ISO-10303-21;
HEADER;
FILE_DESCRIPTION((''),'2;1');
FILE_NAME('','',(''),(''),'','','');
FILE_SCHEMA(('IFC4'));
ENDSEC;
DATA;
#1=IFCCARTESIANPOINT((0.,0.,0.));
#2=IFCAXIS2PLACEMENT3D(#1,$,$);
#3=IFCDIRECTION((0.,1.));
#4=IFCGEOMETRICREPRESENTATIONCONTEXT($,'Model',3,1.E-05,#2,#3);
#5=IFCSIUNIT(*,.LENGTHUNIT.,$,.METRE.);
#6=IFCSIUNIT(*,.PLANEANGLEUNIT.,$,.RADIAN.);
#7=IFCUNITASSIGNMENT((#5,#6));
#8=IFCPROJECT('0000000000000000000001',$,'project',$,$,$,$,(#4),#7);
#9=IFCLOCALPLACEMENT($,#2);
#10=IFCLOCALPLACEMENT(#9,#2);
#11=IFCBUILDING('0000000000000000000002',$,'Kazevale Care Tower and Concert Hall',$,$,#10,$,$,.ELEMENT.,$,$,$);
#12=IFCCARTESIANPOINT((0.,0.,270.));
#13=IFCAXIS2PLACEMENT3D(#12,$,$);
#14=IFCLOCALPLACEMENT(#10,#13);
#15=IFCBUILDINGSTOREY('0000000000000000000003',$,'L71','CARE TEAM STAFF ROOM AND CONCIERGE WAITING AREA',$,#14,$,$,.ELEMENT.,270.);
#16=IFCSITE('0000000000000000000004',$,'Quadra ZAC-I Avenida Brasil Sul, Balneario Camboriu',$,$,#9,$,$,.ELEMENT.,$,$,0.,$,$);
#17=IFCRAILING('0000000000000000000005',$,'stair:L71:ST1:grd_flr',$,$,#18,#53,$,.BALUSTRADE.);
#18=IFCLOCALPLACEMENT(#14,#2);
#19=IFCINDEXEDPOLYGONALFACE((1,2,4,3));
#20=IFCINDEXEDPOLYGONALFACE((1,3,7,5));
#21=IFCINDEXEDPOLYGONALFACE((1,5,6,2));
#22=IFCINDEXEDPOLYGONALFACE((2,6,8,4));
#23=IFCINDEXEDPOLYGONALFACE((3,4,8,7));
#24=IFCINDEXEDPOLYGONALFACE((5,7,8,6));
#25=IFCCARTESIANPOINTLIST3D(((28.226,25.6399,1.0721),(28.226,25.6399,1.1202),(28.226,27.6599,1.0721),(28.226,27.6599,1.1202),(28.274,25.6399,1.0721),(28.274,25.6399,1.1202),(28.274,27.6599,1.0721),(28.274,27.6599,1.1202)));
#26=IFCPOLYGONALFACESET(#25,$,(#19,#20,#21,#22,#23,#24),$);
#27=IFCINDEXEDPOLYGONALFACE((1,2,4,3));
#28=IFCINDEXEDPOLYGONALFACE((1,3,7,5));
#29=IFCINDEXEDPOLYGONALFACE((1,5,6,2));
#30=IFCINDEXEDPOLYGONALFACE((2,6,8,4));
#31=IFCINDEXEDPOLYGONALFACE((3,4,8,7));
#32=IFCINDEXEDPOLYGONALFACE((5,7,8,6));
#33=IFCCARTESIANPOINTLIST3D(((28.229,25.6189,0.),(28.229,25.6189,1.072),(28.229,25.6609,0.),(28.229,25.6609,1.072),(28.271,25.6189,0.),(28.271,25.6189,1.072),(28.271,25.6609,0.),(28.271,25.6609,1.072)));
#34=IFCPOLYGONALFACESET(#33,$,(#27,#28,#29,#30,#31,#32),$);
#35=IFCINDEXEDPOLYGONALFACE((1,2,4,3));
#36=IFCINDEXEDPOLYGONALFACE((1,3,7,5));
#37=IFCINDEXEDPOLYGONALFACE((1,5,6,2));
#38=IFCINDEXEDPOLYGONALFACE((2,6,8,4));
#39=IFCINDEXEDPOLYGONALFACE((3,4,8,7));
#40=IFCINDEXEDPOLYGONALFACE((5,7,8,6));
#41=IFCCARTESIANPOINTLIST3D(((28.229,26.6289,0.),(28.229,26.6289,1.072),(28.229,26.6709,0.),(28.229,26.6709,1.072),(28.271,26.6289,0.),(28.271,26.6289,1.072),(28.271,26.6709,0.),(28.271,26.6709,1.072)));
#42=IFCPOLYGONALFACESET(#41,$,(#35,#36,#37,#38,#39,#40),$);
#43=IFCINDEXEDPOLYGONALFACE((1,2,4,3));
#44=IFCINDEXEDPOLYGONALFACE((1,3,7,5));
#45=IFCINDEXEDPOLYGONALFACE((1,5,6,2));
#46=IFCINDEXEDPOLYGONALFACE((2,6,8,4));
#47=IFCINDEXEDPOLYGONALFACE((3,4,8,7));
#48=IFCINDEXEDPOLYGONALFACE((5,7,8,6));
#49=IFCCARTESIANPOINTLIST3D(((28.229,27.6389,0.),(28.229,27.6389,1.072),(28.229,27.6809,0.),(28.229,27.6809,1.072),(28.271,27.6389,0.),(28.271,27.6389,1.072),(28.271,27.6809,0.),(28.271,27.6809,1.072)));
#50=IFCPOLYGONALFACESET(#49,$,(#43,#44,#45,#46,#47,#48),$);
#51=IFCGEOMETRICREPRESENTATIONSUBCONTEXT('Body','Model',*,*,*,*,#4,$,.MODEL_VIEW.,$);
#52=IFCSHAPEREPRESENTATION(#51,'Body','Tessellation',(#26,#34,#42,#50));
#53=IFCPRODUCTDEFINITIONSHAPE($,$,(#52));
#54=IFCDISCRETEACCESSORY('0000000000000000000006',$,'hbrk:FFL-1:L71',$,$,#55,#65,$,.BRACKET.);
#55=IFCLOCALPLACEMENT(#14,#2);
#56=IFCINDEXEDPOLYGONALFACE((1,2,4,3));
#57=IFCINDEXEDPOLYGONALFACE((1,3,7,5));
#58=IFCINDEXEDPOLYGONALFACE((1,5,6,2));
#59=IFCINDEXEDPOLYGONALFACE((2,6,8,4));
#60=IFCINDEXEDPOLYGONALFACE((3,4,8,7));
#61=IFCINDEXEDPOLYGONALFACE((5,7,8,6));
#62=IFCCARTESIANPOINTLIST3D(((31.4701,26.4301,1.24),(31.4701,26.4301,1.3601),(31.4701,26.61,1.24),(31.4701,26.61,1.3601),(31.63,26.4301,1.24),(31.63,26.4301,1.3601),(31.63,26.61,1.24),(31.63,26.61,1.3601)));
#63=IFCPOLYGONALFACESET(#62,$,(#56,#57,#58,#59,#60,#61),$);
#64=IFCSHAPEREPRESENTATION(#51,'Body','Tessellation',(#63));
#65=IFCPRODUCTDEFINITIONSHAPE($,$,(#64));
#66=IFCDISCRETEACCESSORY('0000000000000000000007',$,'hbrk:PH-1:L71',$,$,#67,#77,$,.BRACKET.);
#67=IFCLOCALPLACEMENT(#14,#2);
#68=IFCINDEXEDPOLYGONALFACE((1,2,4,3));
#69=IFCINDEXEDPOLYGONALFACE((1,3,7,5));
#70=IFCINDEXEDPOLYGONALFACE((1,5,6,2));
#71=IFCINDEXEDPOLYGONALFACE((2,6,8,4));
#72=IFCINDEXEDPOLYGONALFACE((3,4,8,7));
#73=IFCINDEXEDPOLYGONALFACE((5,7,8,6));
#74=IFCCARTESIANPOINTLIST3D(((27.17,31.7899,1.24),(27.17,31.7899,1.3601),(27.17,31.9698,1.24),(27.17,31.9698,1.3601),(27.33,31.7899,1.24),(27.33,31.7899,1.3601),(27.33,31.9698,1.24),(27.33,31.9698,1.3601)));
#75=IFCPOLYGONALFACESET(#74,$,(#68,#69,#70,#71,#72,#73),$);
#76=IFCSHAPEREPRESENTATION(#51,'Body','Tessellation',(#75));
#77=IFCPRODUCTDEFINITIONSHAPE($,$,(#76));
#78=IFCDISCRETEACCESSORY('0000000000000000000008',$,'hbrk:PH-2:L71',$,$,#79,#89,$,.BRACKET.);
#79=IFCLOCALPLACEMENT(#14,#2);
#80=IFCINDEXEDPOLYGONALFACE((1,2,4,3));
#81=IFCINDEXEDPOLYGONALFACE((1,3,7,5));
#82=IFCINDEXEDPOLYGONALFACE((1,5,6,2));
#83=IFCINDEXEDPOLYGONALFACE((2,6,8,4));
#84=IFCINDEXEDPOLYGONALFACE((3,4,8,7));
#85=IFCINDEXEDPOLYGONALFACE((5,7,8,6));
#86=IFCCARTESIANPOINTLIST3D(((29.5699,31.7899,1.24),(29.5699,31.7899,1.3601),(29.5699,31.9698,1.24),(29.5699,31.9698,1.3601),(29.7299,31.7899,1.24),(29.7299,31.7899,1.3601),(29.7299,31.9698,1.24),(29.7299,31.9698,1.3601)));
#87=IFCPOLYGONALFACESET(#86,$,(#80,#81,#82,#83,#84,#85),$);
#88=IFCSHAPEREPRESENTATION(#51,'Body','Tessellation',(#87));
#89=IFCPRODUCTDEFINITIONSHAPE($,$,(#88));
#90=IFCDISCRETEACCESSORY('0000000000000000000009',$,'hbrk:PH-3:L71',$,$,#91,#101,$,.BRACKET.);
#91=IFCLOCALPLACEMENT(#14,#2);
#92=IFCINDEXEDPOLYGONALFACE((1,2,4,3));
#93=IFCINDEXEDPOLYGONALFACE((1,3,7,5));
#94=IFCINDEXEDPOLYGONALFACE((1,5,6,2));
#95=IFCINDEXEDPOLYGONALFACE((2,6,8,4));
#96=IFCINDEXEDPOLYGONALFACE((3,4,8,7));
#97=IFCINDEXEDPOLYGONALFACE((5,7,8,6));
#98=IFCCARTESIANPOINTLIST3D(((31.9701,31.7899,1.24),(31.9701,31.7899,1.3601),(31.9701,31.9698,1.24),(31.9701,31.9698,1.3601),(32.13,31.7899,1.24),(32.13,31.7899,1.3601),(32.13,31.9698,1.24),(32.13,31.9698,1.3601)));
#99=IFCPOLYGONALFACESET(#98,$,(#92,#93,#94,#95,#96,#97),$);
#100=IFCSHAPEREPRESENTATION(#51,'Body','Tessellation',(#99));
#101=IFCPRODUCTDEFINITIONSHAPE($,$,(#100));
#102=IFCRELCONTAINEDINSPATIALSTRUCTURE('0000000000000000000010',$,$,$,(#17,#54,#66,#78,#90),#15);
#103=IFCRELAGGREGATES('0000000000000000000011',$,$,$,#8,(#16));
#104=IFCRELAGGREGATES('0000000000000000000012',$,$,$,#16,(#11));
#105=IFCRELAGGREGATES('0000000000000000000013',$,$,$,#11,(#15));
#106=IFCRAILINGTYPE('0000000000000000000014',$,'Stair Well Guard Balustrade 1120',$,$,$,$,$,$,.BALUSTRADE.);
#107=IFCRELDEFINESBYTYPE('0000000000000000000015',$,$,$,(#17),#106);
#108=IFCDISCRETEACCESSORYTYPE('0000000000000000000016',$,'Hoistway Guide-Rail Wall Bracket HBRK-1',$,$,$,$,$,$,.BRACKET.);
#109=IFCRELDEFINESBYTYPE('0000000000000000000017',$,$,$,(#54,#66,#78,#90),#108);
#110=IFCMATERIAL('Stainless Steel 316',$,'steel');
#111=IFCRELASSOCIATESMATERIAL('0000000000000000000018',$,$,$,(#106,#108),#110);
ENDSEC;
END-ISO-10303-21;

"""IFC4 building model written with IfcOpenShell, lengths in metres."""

from ifc_helpers import new_model, si_unit, direction, frame, origin, origin_2d, place, context, subcontext, project, spatial, rectangle, extrude, material, type_object, element, save


model = new_model("IFC4")

# Units and contexts
model_context = context("Model", 3, precision=1e-05, world=origin(), true_north=direction((0.0, 1.0)))
body_context = subcontext(model_context, "Body", "Model", "MODEL_VIEW")
ifc_project = project(units=[si_unit("LENGTHUNIT", "METRE"), si_unit("PLANEANGLEUNIT", "RADIAN")], contexts=[model_context])

# Site, building, storey
site_placement = place(None, origin())
site = spatial("IfcSite", under=ifc_project, at=site_placement, Name="Quadra ZAC-I Avenida Brasil Sul, Balneario Camboriu", CompositionType="ELEMENT", RefElevation=0.0)
building_placement = place(site_placement, origin())
building = spatial("IfcBuilding", under=site, at=building_placement, Name="Kazevale Care Tower and Concert Hall", CompositionType="ELEMENT")
storey_placement = place(building_placement, frame((0.0, 0.0, 270.0)))
storey = spatial("IfcBuildingStorey", under=building, at=storey_placement, Name="L71", Description="CARE TEAM STAFF ROOM AND CONCIERGE WAITING AREA", CompositionType="ELEMENT", Elevation=270.0)

# Shared definitions
ifc_material_1 = material(Name="Stainless Steel 316", Category="steel")

# Railing
railing_type_1 = type_object("IfcRailingType", Name="Stair Well Guard Balustrade 1120", PredefinedType="BALUSTRADE", material=ifc_material_1)
railing_1_placement = place(storey_placement, frame((28.25, 25.6399, 0.0)))
element("IfcRailing", 1, at=railing_1_placement, inside=storey, type_object=railing_type_1, Name="stair:L71:ST1:grd_flr", PredefinedType="BALUSTRADE", context=body_context, shape_type="SweptSolid", body=[
    extrude(rectangle(XDim=0.0481, YDim=0.0481, at=origin_2d()), frame((0.0, 0.0, 1.0962), z_axis=(0.0, 1.0, 0.0), x_axis=(-1.0, 0.0, 0.0)), (0.0, 0.0, 1.0), 2.02),
    extrude(rectangle(XDim=0.042, YDim=0.042, at=origin_2d()), origin(), (0.0, 0.0, 1.0), 1.072),
    extrude(rectangle(XDim=0.042, YDim=0.042, at=origin_2d()), frame((0.0, 1.01, 0.0)), (0.0, 0.0, 1.0), 1.072),
    extrude(rectangle(XDim=0.042, YDim=0.042, at=origin_2d()), frame((0.0, 2.02, 0.0)), (0.0, 0.0, 1.0), 1.072),
])

# Discrete accessories
discrete_accessory_type = type_object("IfcDiscreteAccessoryType", Name="Hoistway Guide-Rail Wall Bracket HBRK-1", PredefinedType="BRACKET", material=ifc_material_1)
for number, where, z_axis, x_axis, name in (
    (2, (31.55, 26.52, 1.24), (0.0, 0.0, 1.0), (1.0, 0.0, 0.0), "hbrk:FFL-1:L71"),
    (3, (27.25, 31.8799, 1.24), (0.0, 0.0, 1.0), (1.0, 0.0, 0.0), "hbrk:PH-1:L71"),
    (4, (29.6499, 31.8799, 1.24), (0.0, 0.0, 1.0), (1.0, 0.0, 0.0), "hbrk:PH-2:L71"),
    (5, (32.05, 31.8799, 1.24), (0.0, 0.0, 1.0), (1.0, 0.0, 0.0), "hbrk:PH-3:L71"),
):
    element("IfcDiscreteAccessory", number, at=place(storey_placement, frame(where, z_axis=z_axis, x_axis=x_axis)), inside=storey, type_object=discrete_accessory_type, Name=name, PredefinedType="BRACKET", context=body_context, shape_type="SweptSolid", body=[
        extrude(rectangle(XDim=0.1599, YDim=0.1799, at=origin_2d()), origin(), (0.0, 0.0, 1.0), 0.1201),
    ])

save(model, "model.ifc")
